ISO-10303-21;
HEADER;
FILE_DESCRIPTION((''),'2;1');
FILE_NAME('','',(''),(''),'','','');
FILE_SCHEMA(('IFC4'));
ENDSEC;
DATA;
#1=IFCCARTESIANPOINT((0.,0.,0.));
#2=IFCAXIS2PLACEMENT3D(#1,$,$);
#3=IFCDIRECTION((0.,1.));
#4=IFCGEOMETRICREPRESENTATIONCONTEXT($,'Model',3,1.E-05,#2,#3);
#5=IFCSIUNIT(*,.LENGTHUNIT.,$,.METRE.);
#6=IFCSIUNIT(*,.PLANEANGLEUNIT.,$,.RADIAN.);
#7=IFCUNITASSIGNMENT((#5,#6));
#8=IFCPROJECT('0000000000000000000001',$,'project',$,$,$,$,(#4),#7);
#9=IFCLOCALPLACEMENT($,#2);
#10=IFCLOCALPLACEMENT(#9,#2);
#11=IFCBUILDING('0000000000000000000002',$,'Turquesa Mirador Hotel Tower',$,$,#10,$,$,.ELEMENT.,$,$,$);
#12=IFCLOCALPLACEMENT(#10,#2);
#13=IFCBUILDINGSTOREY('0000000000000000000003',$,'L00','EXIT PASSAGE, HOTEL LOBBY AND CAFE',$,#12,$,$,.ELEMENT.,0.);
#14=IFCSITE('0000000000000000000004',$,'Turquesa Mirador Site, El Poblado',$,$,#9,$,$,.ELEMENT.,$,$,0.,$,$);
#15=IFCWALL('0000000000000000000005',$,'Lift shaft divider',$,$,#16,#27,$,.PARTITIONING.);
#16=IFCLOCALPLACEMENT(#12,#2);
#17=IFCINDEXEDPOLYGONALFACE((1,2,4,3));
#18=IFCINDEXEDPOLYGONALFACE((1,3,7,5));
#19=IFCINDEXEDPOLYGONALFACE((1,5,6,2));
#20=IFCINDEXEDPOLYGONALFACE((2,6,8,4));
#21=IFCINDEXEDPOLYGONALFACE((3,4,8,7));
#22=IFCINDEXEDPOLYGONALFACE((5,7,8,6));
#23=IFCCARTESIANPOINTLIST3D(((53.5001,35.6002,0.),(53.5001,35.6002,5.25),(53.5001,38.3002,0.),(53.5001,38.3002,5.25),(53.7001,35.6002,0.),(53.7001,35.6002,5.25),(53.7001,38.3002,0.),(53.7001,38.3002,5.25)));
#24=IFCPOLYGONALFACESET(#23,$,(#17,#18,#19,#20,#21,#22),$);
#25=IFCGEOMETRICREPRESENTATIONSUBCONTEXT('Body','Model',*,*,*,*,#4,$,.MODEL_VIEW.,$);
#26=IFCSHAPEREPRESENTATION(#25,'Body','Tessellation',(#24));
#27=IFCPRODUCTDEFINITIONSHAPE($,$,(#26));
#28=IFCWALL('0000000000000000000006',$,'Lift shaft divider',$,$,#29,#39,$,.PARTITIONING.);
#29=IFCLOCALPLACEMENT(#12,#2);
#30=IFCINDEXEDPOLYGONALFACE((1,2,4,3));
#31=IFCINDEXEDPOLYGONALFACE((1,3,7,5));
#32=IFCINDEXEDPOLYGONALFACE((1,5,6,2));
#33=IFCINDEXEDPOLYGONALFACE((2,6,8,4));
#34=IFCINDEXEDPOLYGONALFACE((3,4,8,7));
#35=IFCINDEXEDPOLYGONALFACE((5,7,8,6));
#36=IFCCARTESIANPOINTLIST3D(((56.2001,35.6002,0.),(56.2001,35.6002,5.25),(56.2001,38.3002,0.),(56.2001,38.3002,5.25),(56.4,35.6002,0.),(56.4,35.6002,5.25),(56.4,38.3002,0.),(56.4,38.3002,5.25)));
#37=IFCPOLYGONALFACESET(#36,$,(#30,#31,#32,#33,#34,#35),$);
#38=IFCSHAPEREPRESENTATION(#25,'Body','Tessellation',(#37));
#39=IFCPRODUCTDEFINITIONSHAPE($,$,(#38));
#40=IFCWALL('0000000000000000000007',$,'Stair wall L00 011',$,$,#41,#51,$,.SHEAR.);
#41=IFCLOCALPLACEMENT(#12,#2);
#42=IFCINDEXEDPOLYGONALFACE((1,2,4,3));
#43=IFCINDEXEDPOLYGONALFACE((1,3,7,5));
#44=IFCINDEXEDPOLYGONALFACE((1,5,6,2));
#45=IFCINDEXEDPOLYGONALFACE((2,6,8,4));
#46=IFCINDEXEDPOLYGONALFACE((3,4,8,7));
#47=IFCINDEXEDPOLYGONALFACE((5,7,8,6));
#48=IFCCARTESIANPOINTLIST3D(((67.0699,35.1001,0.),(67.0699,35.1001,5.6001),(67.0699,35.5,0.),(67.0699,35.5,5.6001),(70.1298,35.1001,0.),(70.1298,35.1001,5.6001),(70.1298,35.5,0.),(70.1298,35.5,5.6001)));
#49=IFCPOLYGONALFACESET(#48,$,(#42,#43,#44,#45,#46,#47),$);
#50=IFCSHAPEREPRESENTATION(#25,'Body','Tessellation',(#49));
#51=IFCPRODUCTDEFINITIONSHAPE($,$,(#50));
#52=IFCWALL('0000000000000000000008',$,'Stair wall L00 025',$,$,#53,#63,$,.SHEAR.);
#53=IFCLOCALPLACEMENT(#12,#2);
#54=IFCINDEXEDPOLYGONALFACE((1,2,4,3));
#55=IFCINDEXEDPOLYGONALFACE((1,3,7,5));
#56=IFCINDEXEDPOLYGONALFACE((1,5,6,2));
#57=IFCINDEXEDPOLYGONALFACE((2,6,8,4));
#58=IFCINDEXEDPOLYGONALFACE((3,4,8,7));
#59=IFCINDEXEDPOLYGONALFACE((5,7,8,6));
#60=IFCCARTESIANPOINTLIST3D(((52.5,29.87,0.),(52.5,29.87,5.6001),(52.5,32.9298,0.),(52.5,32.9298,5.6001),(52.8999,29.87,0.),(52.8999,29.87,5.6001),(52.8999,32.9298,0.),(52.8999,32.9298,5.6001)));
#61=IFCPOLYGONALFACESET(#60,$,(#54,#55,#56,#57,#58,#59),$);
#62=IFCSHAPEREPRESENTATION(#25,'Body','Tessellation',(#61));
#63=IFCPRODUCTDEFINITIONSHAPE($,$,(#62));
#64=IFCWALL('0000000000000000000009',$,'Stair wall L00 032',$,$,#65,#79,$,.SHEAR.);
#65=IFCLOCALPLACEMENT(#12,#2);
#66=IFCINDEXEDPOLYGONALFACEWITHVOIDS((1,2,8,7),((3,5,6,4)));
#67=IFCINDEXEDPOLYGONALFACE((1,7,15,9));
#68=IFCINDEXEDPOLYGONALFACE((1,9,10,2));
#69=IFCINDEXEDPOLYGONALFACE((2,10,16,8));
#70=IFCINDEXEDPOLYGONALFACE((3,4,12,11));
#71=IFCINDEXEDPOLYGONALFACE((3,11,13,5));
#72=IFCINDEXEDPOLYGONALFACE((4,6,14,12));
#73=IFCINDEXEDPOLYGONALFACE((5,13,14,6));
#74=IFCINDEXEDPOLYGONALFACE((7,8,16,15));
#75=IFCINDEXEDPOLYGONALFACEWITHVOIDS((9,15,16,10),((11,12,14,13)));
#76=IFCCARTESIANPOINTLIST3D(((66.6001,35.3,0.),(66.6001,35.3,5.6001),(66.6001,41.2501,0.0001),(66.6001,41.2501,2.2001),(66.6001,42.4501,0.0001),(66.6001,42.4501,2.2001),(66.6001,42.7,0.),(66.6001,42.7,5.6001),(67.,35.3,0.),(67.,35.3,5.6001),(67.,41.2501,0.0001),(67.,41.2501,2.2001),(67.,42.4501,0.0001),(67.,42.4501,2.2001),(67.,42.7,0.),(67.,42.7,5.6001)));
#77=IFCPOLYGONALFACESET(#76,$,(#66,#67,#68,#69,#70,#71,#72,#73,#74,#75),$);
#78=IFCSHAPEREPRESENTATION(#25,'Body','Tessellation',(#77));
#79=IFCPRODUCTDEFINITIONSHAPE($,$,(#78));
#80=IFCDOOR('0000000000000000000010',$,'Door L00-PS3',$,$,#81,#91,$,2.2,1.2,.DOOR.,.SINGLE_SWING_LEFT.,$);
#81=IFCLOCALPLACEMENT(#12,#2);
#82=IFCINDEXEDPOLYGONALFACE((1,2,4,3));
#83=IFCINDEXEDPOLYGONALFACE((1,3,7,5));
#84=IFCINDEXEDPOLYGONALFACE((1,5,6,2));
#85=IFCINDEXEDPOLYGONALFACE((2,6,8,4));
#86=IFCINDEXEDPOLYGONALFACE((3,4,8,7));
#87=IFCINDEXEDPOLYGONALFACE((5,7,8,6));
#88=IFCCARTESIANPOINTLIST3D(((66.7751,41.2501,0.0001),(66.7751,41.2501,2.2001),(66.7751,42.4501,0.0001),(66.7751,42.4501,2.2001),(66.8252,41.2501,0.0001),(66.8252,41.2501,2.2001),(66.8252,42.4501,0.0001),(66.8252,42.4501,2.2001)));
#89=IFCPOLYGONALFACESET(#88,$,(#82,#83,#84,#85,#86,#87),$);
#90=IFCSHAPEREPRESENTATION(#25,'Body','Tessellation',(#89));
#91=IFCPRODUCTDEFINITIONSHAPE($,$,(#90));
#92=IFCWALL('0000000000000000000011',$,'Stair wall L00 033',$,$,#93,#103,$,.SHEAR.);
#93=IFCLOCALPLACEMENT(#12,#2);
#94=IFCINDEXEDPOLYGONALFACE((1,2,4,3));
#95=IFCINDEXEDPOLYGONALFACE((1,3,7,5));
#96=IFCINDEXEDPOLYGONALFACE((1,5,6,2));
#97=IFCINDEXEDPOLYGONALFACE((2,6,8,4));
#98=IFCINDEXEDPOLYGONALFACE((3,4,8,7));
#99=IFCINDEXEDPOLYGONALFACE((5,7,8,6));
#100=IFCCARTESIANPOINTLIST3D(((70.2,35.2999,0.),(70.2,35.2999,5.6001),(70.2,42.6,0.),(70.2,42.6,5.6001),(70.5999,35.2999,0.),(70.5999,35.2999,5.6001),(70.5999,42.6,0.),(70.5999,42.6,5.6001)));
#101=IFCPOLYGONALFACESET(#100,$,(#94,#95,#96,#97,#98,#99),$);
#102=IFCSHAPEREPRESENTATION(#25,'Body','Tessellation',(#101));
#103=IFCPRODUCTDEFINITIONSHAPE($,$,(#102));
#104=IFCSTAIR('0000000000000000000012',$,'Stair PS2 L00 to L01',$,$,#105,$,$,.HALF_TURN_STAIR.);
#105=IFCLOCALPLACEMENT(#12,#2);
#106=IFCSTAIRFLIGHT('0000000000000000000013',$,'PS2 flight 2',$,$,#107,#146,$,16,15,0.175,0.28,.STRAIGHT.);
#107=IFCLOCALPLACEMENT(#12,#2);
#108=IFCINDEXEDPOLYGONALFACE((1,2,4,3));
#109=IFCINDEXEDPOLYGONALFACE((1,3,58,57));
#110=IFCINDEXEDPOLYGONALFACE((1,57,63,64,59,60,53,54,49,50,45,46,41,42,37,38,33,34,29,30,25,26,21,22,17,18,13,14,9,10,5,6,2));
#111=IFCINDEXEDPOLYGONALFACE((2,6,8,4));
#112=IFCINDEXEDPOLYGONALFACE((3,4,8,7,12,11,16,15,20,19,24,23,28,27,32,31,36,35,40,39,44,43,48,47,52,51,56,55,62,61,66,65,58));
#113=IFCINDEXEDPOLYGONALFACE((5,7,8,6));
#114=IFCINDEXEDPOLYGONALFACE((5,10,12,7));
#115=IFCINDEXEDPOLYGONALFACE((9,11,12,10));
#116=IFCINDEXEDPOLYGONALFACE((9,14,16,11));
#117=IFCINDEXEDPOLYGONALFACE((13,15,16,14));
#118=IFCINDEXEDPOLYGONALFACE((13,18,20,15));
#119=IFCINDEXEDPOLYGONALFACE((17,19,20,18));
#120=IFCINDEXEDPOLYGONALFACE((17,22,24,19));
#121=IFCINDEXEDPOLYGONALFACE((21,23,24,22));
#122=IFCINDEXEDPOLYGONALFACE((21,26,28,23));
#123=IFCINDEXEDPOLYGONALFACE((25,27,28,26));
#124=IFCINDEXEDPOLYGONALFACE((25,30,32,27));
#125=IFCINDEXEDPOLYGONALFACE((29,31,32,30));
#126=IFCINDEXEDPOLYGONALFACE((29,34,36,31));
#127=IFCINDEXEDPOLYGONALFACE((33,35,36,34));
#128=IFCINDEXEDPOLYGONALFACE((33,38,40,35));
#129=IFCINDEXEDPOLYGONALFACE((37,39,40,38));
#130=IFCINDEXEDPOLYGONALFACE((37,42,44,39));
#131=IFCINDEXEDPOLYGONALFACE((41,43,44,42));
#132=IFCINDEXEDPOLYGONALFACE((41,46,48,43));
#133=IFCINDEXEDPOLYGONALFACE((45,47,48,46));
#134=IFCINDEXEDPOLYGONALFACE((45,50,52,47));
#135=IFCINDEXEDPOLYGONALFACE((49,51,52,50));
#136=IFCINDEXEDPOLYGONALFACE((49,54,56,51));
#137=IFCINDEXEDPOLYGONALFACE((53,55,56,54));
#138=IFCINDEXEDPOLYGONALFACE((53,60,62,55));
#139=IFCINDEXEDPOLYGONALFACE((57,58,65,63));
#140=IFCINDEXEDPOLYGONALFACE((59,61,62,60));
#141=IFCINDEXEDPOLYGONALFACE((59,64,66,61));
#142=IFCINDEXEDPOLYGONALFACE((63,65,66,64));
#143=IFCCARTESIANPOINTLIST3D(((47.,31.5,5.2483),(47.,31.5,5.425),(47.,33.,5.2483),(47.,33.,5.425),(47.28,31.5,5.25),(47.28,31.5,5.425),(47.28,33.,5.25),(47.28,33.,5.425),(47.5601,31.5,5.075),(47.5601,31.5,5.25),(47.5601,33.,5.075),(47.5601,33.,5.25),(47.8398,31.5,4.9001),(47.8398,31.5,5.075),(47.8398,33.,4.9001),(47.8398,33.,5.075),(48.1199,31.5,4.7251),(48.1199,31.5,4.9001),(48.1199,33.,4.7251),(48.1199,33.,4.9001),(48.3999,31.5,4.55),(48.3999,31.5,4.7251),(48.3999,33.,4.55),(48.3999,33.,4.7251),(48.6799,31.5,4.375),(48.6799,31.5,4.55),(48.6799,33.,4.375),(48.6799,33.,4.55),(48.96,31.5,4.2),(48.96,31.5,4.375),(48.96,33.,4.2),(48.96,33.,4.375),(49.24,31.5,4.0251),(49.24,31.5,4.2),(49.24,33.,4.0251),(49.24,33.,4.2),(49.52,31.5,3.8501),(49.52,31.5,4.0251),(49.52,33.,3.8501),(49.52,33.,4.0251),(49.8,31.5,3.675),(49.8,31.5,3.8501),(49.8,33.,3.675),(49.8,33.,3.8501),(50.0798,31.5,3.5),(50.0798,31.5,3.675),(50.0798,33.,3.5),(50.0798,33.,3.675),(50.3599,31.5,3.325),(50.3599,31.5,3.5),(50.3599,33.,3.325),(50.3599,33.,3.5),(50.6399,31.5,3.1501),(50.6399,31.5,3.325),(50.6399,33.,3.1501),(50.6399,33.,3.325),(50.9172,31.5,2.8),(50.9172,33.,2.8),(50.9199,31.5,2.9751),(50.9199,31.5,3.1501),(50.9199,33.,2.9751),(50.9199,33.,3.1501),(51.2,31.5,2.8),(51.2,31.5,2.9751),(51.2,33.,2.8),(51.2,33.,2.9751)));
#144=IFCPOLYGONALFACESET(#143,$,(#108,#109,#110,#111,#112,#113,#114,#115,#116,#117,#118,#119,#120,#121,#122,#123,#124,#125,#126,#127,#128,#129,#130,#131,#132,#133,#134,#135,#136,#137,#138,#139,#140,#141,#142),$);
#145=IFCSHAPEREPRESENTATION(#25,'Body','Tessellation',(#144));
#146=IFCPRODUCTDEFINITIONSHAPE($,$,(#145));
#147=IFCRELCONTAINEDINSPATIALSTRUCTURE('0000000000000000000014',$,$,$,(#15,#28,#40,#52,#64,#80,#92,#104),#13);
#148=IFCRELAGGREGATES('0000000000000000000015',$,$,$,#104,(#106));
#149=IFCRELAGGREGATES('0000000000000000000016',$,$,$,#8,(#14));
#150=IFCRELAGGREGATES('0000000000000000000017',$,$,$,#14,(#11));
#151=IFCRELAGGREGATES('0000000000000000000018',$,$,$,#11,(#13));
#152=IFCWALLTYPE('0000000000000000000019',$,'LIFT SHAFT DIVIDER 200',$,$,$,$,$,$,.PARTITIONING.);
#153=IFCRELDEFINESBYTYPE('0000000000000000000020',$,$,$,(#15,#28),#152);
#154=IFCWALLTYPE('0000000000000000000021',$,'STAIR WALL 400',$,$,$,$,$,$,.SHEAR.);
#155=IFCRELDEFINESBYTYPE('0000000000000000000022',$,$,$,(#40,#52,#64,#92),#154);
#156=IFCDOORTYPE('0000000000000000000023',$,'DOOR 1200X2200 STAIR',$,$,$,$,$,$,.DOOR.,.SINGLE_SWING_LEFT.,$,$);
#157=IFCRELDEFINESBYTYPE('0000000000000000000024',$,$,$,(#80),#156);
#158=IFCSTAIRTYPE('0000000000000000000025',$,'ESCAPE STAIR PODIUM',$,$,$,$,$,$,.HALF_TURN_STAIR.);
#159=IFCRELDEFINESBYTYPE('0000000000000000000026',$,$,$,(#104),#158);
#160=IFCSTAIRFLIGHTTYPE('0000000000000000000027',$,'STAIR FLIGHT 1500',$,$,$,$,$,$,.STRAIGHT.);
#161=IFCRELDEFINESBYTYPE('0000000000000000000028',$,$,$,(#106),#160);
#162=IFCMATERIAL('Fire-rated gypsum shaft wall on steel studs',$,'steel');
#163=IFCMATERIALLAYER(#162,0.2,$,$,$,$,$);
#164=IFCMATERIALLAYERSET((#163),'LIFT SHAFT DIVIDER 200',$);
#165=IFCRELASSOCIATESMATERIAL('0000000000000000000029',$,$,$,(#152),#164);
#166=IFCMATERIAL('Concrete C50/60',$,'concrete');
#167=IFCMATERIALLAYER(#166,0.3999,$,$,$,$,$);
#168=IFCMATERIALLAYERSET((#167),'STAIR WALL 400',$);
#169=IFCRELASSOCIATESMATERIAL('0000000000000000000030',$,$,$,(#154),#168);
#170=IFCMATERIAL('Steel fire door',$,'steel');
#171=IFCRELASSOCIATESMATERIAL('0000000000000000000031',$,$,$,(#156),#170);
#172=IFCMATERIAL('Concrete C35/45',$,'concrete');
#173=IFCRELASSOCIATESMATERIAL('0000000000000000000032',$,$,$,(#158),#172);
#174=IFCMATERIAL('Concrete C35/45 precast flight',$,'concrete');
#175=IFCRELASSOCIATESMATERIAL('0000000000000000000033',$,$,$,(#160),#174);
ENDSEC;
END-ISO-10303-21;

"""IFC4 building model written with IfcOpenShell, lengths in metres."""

from ifc_helpers import new_model, si_unit, direction, frame, frame_2d, origin, place, context, subcontext, project, spatial, polyline, rectangle, outline, extrude, material, layer, layer_set, type_object, element, fill, aggregate, save


model = new_model("IFC4")

# Units and contexts
model_context = context("Model", 3, precision=1e-05, world=origin(), true_north=direction((0.0, 1.0)))
body_context = subcontext(model_context, "Body", "Model", "MODEL_VIEW")
ifc_project = project(units=[si_unit("LENGTHUNIT", "METRE"), si_unit("PLANEANGLEUNIT", "RADIAN")], contexts=[model_context])

# Site, building, storey
site_placement = place(None, origin())
site = spatial("IfcSite", under=ifc_project, at=site_placement, Name="Turquesa Mirador Site, El Poblado", CompositionType="ELEMENT", RefElevation=0.0)
building_placement = place(site_placement, origin())
building = spatial("IfcBuilding", under=site, at=building_placement, Name="Turquesa Mirador Hotel Tower", CompositionType="ELEMENT")
storey_placement = place(building_placement, origin())
storey = spatial("IfcBuildingStorey", under=building, at=storey_placement, Name="L00", Description="EXIT PASSAGE, HOTEL LOBBY AND CAFE", CompositionType="ELEMENT", Elevation=0.0)

# Walls
ifc_material_1 = material(Name="Fire-rated gypsum shaft wall on steel studs", Category="steel")
ifc_layer_1 = layer(ifc_material_1, 0.2)
ifc_layer_set_1 = layer_set([ifc_layer_1], Name="LIFT SHAFT DIVIDER 200")
wall_type_1 = type_object("IfcWallType", Name="LIFT SHAFT DIVIDER 200", PredefinedType="PARTITIONING", material=ifc_layer_set_1)
for number, where, z_axis, x_axis, name in (
    (1, (53.6001, 35.6001, 0.0), (0.0, 0.0, 1.0), (0.0, 1.0, 0.0), "Lift shaft divider"),
    (2, (56.3, 35.6001, 0.0), (0.0, 0.0, 1.0), (0.0, 1.0, 0.0), "Lift shaft divider"),
):
    element("IfcWall", number, at=place(storey_placement, frame(where, z_axis=z_axis, x_axis=x_axis)), inside=storey, type_object=wall_type_1, Name=name, PredefinedType="PARTITIONING", context=body_context, shape_type="SweptSolid", body=[
        extrude(rectangle(XDim=2.7, YDim=0.2, at=frame_2d((1.3501, 0.0))), origin(), (0.0, 0.0, 1.0), 5.25),
    ])
ifc_material_2 = material(Name="Concrete C50/60", Category="concrete")
ifc_layer_2 = layer(ifc_material_2, 0.3999)
ifc_layer_set_2 = layer_set([ifc_layer_2], Name="STAIR WALL 400")
wall_type_2 = type_object("IfcWallType", Name="STAIR WALL 400", PredefinedType="SHEAR", material=ifc_layer_set_2)
for number, where, z_axis, x_axis, name in (
    (3, (67.0701, 35.3, 0.0), (0.0, 0.0, 1.0), (1.0, 0.0, 0.0), "Stair wall L00 011"),
    (4, (52.7, 29.8701, 0.0), (0.0, 0.0, 1.0), (0.0, 1.0, 0.0), "Stair wall L00 025"),
):
    element("IfcWall", number, at=place(storey_placement, frame(where, z_axis=z_axis, x_axis=x_axis)), inside=storey, type_object=wall_type_2, Name=name, PredefinedType="SHEAR", context=body_context, shape_type="SweptSolid", body=[
        extrude(rectangle(XDim=3.0598, YDim=0.3999, at=frame_2d((1.5298, 0.0))), origin(), (0.0, 0.0, 1.0), 5.6001),
    ])

# Wall, opening, door
wall_1_placement = place(storey_placement, frame((66.8, 35.3, 0.0), z_axis=(0.0, 0.0, 1.0), x_axis=(0.0, 1.0, 0.0)))
wall_1 = element("IfcWall", 5, at=wall_1_placement, inside=storey, type_object=wall_type_2, Name="Stair wall L00 032", PredefinedType="SHEAR", context=body_context, shape_type="SweptSolid", body=[
    extrude(rectangle(XDim=7.3999, YDim=0.3999, at=frame_2d((3.7, 0.0))), origin(), (0.0, 0.0, 1.0), 5.6001),
])
opening_1_placement = place(wall_1_placement, frame((5.95, 0.0, 0.0)))
opening_1 = element("IfcOpeningElement", 6, at=opening_1_placement, cuts=wall_1, PredefinedType="OPENING", context=body_context, shape_type="SweptSolid", body=[
    extrude(rectangle(XDim=1.2, YDim=2.2, at=frame_2d((0.6001, 1.1001))), frame((0.0, 0.21, 0.0), z_axis=(0.0, -1.0, 0.0), x_axis=(1.0, 0.0, 0.0)), (0.0, 0.0, 1.0), 0.4199),
])
ifc_material_3 = material(Name="Steel fire door", Category="steel")
door_type_1 = type_object("IfcDoorType", Name="DOOR 1200X2200 STAIR", OperationType="SINGLE_SWING_LEFT", PredefinedType="DOOR", material=ifc_material_3)
door_1_placement = place(opening_1_placement, origin())
door_1 = element("IfcDoor", 7, at=door_1_placement, inside=storey, type_object=door_type_1, Name="Door L00-PS3", OperationType="SINGLE_SWING_LEFT", OverallHeight=2.2, OverallWidth=1.2, PredefinedType="DOOR", context=body_context, shape_type="SweptSolid", body=[
    extrude(rectangle(XDim=1.2, YDim=2.2, at=frame_2d((0.6001, 1.1001))), frame((0.0, 0.0249, 0.0), z_axis=(0.0, -1.0, 0.0), x_axis=(1.0, 0.0, 0.0)), (0.0, 0.0, 1.0), 0.05),
])
fill(opening_1, door_1)

# Wall
wall_2_placement = place(storey_placement, frame((70.3999, 35.3, 0.0), z_axis=(0.0, 0.0, 1.0), x_axis=(0.0, 1.0, 0.0)))
element("IfcWall", 8, at=wall_2_placement, inside=storey, type_object=wall_type_2, Name="Stair wall L00 033", PredefinedType="SHEAR", context=body_context, shape_type="SweptSolid", body=[
    extrude(rectangle(XDim=7.3, YDim=0.3999, at=frame_2d((3.6499, 0.0))), origin(), (0.0, 0.0, 1.0), 5.6001),
])

# Stair, stair flight
ifc_material_4 = material(Name="Concrete C35/45", Category="concrete")
stair_type = type_object("IfcStairType", Name="ESCAPE STAIR PODIUM", PredefinedType="HALF_TURN_STAIR", material=ifc_material_4)
stair_placement = place(storey_placement, origin())
stair = element("IfcStair", 9, at=stair_placement, inside=storey, type_object=stair_type, Name="Stair PS2 L00 to L01", PredefinedType="HALF_TURN_STAIR")
ifc_material_5 = material(Name="Concrete C35/45 precast flight", Category="concrete")
stair_flight_type = type_object("IfcStairFlightType", Name="STAIR FLIGHT 1500", PredefinedType="STRAIGHT", material=ifc_material_5)
stair_flight_placement = place(storey_placement, frame((51.2, 32.25, 2.8), z_axis=(0.0, 0.0, 1.0), x_axis=(-1.0, 0.0, 0.0)))
stair_flight = element("IfcStairFlight", 10, at=stair_flight_placement, type_object=stair_flight_type, Name="PS2 flight 2", NumberOfRisers=16, NumberOfTreads=15, PredefinedType="STRAIGHT", RiserHeight=0.175, TreadLength=0.28, context=body_context, shape_type="SweptSolid", body=[
    extrude(outline(polyline([(0.0, 0.0), (0.0, 0.175), (0.28, 0.175), (0.28, 0.3501), (0.5601, 0.3501), (0.5601, 0.5249), (0.8401, 0.5249), (0.8401, 0.7), (1.1201, 0.7), (1.1201, 0.875), (1.3999, 0.875), (1.3999, 1.05), (1.6799, 1.05), (1.6799, 1.2251), (1.96, 1.2251), (1.96, 1.3999), (2.24, 1.3999), (2.24, 1.575), (2.52, 1.575), (2.52, 1.75), (2.8, 1.75), (2.8, 1.925), (3.0801, 1.925), (3.0801, 2.1001), (3.3601, 2.1001), (3.3601, 2.2749), (3.6399, 2.2749), (3.6399, 2.45), (3.9199, 2.45), (3.9199, 2.625), (4.2, 2.625), (4.2, 2.8), (4.2, 2.4482), (0.2827, 0.0), (0.0, 0.0)])), frame((0.0, 0.75, 0.0), z_axis=(0.0, -1.0, 0.0), x_axis=(1.0, 0.0, 0.0)), (0.0, 0.0, 1.0), 1.5),
])
aggregate(stair, [stair_flight])

save(model, "model.ifc")
